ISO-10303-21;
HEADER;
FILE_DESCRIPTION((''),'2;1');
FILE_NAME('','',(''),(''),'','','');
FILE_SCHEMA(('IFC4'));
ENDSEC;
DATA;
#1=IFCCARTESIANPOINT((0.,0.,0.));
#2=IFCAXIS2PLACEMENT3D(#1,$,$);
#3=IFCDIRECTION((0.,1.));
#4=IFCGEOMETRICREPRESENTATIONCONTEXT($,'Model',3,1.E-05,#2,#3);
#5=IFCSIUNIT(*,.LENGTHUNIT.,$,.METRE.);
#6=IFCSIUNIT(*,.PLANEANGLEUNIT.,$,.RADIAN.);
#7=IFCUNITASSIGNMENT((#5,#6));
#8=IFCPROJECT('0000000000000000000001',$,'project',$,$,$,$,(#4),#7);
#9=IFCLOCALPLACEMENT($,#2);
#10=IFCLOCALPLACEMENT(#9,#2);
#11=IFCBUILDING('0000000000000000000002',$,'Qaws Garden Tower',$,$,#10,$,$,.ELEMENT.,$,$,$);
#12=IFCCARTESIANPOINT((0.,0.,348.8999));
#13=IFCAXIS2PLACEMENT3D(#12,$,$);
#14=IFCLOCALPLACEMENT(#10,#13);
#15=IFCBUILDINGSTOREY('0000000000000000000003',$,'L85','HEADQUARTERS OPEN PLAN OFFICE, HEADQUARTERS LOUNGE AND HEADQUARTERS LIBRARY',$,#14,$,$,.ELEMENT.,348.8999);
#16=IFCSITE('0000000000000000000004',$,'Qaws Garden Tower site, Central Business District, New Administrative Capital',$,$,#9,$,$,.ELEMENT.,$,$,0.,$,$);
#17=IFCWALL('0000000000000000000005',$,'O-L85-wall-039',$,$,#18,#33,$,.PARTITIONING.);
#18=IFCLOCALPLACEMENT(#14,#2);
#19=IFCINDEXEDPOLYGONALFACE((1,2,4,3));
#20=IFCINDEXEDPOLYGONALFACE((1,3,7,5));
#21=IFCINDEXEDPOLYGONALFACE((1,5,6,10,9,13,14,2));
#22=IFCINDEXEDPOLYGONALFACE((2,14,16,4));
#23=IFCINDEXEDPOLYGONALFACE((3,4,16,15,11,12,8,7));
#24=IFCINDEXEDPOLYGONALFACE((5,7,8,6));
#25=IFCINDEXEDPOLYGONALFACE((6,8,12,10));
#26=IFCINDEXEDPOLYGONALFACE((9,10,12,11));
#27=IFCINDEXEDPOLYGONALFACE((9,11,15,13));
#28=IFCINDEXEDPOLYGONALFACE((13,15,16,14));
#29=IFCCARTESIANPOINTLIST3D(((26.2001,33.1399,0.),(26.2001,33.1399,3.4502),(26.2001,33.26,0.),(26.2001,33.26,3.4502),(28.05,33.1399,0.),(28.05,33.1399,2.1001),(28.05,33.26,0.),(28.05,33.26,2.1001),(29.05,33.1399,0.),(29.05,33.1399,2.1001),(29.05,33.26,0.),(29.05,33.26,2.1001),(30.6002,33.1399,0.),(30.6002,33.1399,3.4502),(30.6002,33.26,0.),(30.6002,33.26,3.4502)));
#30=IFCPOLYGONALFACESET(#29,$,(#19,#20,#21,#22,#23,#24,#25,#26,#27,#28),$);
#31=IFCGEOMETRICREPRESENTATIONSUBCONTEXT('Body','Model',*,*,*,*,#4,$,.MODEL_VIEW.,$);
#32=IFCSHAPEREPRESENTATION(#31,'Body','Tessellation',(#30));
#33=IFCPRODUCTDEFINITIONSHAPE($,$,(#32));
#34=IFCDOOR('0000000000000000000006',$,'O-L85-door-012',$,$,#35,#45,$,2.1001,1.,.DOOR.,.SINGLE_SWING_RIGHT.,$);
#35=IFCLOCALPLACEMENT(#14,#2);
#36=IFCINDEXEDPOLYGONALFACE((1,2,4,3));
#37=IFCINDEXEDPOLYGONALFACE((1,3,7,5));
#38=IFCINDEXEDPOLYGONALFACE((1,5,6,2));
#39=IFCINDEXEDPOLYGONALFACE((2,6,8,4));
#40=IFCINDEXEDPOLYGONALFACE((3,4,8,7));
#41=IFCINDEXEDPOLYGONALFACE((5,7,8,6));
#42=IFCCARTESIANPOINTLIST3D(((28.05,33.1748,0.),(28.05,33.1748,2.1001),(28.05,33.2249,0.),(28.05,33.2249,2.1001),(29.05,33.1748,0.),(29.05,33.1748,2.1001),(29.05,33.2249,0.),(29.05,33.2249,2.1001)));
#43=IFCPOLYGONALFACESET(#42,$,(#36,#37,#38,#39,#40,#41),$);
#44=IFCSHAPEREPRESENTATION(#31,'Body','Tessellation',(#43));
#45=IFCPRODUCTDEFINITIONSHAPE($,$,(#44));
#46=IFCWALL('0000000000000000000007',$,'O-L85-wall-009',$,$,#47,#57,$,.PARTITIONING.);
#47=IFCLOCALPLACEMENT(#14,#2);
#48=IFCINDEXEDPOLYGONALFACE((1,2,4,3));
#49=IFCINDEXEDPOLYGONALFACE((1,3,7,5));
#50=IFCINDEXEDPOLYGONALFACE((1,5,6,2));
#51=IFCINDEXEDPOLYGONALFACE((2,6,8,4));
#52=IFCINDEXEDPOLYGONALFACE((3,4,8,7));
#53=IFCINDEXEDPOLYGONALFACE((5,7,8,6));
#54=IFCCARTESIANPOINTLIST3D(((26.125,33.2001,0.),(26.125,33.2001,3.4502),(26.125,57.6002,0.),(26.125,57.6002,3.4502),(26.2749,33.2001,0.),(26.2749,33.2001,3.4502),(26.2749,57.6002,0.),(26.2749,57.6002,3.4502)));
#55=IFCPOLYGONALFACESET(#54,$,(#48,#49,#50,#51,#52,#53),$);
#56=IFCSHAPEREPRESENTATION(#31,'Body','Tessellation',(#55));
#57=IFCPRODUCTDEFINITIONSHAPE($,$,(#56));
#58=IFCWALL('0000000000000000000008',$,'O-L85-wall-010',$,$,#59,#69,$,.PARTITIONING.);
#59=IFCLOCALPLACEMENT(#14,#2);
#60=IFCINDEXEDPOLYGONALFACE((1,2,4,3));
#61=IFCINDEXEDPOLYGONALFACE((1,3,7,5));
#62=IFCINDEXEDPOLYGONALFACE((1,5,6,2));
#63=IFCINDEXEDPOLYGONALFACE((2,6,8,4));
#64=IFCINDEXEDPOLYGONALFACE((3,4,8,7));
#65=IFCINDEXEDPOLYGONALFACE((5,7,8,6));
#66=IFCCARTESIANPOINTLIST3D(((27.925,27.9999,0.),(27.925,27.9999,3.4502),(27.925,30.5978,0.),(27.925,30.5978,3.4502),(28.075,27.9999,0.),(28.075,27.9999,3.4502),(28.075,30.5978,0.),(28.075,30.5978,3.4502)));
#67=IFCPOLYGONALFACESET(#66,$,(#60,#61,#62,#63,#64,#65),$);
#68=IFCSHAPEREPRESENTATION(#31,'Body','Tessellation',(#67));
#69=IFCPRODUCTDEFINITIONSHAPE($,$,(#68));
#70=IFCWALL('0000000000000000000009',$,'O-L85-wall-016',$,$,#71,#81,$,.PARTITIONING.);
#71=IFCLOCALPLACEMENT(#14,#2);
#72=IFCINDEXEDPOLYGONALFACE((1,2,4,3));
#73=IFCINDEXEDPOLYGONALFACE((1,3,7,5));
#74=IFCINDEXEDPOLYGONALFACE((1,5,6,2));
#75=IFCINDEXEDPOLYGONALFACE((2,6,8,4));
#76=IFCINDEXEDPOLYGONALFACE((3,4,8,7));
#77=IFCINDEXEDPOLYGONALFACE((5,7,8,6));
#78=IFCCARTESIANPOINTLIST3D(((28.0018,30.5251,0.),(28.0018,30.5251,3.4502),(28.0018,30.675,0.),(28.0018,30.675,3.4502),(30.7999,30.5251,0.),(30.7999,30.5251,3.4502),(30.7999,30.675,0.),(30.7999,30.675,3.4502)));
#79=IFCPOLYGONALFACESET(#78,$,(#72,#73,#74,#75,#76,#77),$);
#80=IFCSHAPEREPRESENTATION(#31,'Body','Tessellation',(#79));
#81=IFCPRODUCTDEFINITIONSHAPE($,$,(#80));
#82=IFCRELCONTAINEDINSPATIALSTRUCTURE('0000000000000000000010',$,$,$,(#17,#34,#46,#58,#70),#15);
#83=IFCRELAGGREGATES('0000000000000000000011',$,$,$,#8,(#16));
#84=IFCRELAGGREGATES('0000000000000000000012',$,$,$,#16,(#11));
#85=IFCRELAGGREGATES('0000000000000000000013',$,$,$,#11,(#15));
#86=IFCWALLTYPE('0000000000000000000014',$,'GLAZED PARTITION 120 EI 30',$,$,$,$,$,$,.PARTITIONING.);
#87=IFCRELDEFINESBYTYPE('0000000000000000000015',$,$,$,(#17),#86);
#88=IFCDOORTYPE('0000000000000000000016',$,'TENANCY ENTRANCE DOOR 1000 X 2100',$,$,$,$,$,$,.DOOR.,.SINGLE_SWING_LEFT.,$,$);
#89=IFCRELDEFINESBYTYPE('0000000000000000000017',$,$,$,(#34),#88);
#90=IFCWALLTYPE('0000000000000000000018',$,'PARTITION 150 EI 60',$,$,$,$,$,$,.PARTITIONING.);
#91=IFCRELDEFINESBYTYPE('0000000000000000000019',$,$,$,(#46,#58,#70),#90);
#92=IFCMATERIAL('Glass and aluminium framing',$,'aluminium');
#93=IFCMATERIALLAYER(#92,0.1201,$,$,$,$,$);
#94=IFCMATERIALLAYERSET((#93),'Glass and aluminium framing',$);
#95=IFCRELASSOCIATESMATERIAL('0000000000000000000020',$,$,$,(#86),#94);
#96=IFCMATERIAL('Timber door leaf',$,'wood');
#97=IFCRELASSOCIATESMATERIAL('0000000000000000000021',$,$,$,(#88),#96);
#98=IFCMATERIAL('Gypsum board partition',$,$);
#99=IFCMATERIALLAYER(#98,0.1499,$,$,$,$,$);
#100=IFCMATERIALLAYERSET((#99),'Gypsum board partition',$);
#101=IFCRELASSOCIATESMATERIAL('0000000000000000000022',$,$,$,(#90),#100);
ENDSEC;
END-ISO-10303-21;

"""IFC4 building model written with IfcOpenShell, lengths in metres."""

from ifc_helpers import new_model, si_unit, direction, frame, frame_2d, origin, place, context, subcontext, project, spatial, rectangle, extrude, material, layer, layer_set, type_object, element, fill, save


model = new_model("IFC4")

# Units and contexts
model_context = context("Model", 3, precision=1e-05, world=origin(), true_north=direction((0.0, 1.0)))
body_context = subcontext(model_context, "Body", "Model", "MODEL_VIEW")
ifc_project = project(units=[si_unit("LENGTHUNIT", "METRE"), si_unit("PLANEANGLEUNIT", "RADIAN")], contexts=[model_context])

# Site, building, storey
site_placement = place(None, origin())
site = spatial("IfcSite", under=ifc_project, at=site_placement, Name="Qaws Garden Tower site, Central Business District, New Administrative Capital", CompositionType="ELEMENT", RefElevation=0.0)
building_placement = place(site_placement, origin())
building = spatial("IfcBuilding", under=site, at=building_placement, Name="Qaws Garden Tower", CompositionType="ELEMENT")
storey_placement = place(building_placement, frame((0.0, 0.0, 348.8999)))
storey = spatial("IfcBuildingStorey", under=building, at=storey_placement, Name="L85", Description="HEADQUARTERS OPEN PLAN OFFICE, HEADQUARTERS LOUNGE AND HEADQUARTERS LIBRARY", CompositionType="ELEMENT", Elevation=348.8999)

# Wall, opening, door
ifc_material_1 = material(Name="Glass and aluminium framing", Category="aluminium")
ifc_layer_1 = layer(ifc_material_1, 0.1201)
ifc_layer_set_1 = layer_set([ifc_layer_1], Name="Glass and aluminium framing")
wall_type_1 = type_object("IfcWallType", Name="GLAZED PARTITION 120 EI 30", PredefinedType="PARTITIONING", material=ifc_layer_set_1)
wall_1_placement = place(storey_placement, frame((26.2, 33.2, 0.0), z_axis=(0.0, 0.0, 1.0), x_axis=(1.0, 0.0, 0.0)))
wall_1 = element("IfcWall", 1, at=wall_1_placement, inside=storey, type_object=wall_type_1, Name="O-L85-wall-039", PredefinedType="PARTITIONING", context=body_context, shape_type="SweptSolid", body=[
    extrude(rectangle(XDim=4.4001, YDim=0.1201, at=frame_2d((2.2002, 0.0))), origin(), (0.0, 0.0, 1.0), 3.4502),
])
opening_1_placement = place(wall_1_placement, frame((1.8501, 0.0, 0.0)))
opening_1 = element("IfcOpeningElement", 2, at=opening_1_placement, cuts=wall_1, PredefinedType="OPENING", context=body_context, shape_type="SweptSolid", body=[
    extrude(rectangle(XDim=1.0, YDim=2.1001, at=frame_2d((0.5, 1.05))), frame((0.0, 0.0701, 0.0), z_axis=(0.0, -1.0, 0.0), x_axis=(1.0, 0.0, 0.0)), (0.0, 0.0, 1.0), 0.1401),
])
ifc_material_2 = material(Name="Timber door leaf", Category="wood")
door_type_1 = type_object("IfcDoorType", Name="TENANCY ENTRANCE DOOR 1000 X 2100", OperationType="SINGLE_SWING_LEFT", PredefinedType="DOOR", material=ifc_material_2)
door_1_placement = place(opening_1_placement, origin())
door_1 = element("IfcDoor", 3, at=door_1_placement, inside=storey, type_object=door_type_1, Name="O-L85-door-012", OperationType="SINGLE_SWING_RIGHT", OverallHeight=2.1001, OverallWidth=1.0, PredefinedType="DOOR", context=body_context, shape_type="SweptSolid", body=[
    extrude(rectangle(XDim=1.0, YDim=2.1001, at=frame_2d((0.5, 1.05))), frame((0.0, 0.0249, 0.0), z_axis=(0.0, -1.0, 0.0), x_axis=(1.0, 0.0, 0.0)), (0.0, 0.0, 1.0), 0.05),
])
fill(opening_1, door_1)

# Walls
ifc_material_3 = material(Name="Gypsum board partition")
ifc_layer_2 = layer(ifc_material_3, 0.1499)
ifc_layer_set_2 = layer_set([ifc_layer_2], Name="Gypsum board partition")
wall_type_2 = type_object("IfcWallType", Name="PARTITION 150 EI 60", PredefinedType="PARTITIONING", material=ifc_layer_set_2)
wall_2_placement = place(storey_placement, frame((26.2, 33.2, 0.0), z_axis=(0.0, 0.0, 1.0), x_axis=(0.0, 1.0, 0.0)))
element("IfcWall", 4, at=wall_2_placement, inside=storey, type_object=wall_type_2, Name="O-L85-wall-009", PredefinedType="PARTITIONING", context=body_context, shape_type="SweptSolid", body=[
    extrude(rectangle(XDim=24.4001, YDim=0.1499, at=frame_2d((12.2002, 0.0))), origin(), (0.0, 0.0, 1.0), 3.4502),
])
wall_3_placement = place(storey_placement, frame((28.0, 28.0, 0.0), z_axis=(0.0, 0.0, 1.0), x_axis=(0.0, 1.0, 0.0)))
element("IfcWall", 5, at=wall_3_placement, inside=storey, type_object=wall_type_2, Name="O-L85-wall-010", PredefinedType="PARTITIONING", context=body_context, shape_type="SweptSolid", body=[
    extrude(rectangle(XDim=2.5979, YDim=0.1499, at=frame_2d((1.2988, 0.0))), origin(), (0.0, 0.0, 1.0), 3.4502),
])
wall_4_placement = place(storey_placement, frame((28.002, 30.6001, 0.0), z_axis=(0.0, 0.0, 1.0), x_axis=(1.0, 0.0, 0.0)))
element("IfcWall", 6, at=wall_4_placement, inside=storey, type_object=wall_type_2, Name="O-L85-wall-016", PredefinedType="PARTITIONING", context=body_context, shape_type="SweptSolid", body=[
    extrude(rectangle(XDim=2.7981, YDim=0.1499, at=frame_2d((1.3989, 0.0))), origin(), (0.0, 0.0, 1.0), 3.4502),
])

save(model, "model.ifc")
